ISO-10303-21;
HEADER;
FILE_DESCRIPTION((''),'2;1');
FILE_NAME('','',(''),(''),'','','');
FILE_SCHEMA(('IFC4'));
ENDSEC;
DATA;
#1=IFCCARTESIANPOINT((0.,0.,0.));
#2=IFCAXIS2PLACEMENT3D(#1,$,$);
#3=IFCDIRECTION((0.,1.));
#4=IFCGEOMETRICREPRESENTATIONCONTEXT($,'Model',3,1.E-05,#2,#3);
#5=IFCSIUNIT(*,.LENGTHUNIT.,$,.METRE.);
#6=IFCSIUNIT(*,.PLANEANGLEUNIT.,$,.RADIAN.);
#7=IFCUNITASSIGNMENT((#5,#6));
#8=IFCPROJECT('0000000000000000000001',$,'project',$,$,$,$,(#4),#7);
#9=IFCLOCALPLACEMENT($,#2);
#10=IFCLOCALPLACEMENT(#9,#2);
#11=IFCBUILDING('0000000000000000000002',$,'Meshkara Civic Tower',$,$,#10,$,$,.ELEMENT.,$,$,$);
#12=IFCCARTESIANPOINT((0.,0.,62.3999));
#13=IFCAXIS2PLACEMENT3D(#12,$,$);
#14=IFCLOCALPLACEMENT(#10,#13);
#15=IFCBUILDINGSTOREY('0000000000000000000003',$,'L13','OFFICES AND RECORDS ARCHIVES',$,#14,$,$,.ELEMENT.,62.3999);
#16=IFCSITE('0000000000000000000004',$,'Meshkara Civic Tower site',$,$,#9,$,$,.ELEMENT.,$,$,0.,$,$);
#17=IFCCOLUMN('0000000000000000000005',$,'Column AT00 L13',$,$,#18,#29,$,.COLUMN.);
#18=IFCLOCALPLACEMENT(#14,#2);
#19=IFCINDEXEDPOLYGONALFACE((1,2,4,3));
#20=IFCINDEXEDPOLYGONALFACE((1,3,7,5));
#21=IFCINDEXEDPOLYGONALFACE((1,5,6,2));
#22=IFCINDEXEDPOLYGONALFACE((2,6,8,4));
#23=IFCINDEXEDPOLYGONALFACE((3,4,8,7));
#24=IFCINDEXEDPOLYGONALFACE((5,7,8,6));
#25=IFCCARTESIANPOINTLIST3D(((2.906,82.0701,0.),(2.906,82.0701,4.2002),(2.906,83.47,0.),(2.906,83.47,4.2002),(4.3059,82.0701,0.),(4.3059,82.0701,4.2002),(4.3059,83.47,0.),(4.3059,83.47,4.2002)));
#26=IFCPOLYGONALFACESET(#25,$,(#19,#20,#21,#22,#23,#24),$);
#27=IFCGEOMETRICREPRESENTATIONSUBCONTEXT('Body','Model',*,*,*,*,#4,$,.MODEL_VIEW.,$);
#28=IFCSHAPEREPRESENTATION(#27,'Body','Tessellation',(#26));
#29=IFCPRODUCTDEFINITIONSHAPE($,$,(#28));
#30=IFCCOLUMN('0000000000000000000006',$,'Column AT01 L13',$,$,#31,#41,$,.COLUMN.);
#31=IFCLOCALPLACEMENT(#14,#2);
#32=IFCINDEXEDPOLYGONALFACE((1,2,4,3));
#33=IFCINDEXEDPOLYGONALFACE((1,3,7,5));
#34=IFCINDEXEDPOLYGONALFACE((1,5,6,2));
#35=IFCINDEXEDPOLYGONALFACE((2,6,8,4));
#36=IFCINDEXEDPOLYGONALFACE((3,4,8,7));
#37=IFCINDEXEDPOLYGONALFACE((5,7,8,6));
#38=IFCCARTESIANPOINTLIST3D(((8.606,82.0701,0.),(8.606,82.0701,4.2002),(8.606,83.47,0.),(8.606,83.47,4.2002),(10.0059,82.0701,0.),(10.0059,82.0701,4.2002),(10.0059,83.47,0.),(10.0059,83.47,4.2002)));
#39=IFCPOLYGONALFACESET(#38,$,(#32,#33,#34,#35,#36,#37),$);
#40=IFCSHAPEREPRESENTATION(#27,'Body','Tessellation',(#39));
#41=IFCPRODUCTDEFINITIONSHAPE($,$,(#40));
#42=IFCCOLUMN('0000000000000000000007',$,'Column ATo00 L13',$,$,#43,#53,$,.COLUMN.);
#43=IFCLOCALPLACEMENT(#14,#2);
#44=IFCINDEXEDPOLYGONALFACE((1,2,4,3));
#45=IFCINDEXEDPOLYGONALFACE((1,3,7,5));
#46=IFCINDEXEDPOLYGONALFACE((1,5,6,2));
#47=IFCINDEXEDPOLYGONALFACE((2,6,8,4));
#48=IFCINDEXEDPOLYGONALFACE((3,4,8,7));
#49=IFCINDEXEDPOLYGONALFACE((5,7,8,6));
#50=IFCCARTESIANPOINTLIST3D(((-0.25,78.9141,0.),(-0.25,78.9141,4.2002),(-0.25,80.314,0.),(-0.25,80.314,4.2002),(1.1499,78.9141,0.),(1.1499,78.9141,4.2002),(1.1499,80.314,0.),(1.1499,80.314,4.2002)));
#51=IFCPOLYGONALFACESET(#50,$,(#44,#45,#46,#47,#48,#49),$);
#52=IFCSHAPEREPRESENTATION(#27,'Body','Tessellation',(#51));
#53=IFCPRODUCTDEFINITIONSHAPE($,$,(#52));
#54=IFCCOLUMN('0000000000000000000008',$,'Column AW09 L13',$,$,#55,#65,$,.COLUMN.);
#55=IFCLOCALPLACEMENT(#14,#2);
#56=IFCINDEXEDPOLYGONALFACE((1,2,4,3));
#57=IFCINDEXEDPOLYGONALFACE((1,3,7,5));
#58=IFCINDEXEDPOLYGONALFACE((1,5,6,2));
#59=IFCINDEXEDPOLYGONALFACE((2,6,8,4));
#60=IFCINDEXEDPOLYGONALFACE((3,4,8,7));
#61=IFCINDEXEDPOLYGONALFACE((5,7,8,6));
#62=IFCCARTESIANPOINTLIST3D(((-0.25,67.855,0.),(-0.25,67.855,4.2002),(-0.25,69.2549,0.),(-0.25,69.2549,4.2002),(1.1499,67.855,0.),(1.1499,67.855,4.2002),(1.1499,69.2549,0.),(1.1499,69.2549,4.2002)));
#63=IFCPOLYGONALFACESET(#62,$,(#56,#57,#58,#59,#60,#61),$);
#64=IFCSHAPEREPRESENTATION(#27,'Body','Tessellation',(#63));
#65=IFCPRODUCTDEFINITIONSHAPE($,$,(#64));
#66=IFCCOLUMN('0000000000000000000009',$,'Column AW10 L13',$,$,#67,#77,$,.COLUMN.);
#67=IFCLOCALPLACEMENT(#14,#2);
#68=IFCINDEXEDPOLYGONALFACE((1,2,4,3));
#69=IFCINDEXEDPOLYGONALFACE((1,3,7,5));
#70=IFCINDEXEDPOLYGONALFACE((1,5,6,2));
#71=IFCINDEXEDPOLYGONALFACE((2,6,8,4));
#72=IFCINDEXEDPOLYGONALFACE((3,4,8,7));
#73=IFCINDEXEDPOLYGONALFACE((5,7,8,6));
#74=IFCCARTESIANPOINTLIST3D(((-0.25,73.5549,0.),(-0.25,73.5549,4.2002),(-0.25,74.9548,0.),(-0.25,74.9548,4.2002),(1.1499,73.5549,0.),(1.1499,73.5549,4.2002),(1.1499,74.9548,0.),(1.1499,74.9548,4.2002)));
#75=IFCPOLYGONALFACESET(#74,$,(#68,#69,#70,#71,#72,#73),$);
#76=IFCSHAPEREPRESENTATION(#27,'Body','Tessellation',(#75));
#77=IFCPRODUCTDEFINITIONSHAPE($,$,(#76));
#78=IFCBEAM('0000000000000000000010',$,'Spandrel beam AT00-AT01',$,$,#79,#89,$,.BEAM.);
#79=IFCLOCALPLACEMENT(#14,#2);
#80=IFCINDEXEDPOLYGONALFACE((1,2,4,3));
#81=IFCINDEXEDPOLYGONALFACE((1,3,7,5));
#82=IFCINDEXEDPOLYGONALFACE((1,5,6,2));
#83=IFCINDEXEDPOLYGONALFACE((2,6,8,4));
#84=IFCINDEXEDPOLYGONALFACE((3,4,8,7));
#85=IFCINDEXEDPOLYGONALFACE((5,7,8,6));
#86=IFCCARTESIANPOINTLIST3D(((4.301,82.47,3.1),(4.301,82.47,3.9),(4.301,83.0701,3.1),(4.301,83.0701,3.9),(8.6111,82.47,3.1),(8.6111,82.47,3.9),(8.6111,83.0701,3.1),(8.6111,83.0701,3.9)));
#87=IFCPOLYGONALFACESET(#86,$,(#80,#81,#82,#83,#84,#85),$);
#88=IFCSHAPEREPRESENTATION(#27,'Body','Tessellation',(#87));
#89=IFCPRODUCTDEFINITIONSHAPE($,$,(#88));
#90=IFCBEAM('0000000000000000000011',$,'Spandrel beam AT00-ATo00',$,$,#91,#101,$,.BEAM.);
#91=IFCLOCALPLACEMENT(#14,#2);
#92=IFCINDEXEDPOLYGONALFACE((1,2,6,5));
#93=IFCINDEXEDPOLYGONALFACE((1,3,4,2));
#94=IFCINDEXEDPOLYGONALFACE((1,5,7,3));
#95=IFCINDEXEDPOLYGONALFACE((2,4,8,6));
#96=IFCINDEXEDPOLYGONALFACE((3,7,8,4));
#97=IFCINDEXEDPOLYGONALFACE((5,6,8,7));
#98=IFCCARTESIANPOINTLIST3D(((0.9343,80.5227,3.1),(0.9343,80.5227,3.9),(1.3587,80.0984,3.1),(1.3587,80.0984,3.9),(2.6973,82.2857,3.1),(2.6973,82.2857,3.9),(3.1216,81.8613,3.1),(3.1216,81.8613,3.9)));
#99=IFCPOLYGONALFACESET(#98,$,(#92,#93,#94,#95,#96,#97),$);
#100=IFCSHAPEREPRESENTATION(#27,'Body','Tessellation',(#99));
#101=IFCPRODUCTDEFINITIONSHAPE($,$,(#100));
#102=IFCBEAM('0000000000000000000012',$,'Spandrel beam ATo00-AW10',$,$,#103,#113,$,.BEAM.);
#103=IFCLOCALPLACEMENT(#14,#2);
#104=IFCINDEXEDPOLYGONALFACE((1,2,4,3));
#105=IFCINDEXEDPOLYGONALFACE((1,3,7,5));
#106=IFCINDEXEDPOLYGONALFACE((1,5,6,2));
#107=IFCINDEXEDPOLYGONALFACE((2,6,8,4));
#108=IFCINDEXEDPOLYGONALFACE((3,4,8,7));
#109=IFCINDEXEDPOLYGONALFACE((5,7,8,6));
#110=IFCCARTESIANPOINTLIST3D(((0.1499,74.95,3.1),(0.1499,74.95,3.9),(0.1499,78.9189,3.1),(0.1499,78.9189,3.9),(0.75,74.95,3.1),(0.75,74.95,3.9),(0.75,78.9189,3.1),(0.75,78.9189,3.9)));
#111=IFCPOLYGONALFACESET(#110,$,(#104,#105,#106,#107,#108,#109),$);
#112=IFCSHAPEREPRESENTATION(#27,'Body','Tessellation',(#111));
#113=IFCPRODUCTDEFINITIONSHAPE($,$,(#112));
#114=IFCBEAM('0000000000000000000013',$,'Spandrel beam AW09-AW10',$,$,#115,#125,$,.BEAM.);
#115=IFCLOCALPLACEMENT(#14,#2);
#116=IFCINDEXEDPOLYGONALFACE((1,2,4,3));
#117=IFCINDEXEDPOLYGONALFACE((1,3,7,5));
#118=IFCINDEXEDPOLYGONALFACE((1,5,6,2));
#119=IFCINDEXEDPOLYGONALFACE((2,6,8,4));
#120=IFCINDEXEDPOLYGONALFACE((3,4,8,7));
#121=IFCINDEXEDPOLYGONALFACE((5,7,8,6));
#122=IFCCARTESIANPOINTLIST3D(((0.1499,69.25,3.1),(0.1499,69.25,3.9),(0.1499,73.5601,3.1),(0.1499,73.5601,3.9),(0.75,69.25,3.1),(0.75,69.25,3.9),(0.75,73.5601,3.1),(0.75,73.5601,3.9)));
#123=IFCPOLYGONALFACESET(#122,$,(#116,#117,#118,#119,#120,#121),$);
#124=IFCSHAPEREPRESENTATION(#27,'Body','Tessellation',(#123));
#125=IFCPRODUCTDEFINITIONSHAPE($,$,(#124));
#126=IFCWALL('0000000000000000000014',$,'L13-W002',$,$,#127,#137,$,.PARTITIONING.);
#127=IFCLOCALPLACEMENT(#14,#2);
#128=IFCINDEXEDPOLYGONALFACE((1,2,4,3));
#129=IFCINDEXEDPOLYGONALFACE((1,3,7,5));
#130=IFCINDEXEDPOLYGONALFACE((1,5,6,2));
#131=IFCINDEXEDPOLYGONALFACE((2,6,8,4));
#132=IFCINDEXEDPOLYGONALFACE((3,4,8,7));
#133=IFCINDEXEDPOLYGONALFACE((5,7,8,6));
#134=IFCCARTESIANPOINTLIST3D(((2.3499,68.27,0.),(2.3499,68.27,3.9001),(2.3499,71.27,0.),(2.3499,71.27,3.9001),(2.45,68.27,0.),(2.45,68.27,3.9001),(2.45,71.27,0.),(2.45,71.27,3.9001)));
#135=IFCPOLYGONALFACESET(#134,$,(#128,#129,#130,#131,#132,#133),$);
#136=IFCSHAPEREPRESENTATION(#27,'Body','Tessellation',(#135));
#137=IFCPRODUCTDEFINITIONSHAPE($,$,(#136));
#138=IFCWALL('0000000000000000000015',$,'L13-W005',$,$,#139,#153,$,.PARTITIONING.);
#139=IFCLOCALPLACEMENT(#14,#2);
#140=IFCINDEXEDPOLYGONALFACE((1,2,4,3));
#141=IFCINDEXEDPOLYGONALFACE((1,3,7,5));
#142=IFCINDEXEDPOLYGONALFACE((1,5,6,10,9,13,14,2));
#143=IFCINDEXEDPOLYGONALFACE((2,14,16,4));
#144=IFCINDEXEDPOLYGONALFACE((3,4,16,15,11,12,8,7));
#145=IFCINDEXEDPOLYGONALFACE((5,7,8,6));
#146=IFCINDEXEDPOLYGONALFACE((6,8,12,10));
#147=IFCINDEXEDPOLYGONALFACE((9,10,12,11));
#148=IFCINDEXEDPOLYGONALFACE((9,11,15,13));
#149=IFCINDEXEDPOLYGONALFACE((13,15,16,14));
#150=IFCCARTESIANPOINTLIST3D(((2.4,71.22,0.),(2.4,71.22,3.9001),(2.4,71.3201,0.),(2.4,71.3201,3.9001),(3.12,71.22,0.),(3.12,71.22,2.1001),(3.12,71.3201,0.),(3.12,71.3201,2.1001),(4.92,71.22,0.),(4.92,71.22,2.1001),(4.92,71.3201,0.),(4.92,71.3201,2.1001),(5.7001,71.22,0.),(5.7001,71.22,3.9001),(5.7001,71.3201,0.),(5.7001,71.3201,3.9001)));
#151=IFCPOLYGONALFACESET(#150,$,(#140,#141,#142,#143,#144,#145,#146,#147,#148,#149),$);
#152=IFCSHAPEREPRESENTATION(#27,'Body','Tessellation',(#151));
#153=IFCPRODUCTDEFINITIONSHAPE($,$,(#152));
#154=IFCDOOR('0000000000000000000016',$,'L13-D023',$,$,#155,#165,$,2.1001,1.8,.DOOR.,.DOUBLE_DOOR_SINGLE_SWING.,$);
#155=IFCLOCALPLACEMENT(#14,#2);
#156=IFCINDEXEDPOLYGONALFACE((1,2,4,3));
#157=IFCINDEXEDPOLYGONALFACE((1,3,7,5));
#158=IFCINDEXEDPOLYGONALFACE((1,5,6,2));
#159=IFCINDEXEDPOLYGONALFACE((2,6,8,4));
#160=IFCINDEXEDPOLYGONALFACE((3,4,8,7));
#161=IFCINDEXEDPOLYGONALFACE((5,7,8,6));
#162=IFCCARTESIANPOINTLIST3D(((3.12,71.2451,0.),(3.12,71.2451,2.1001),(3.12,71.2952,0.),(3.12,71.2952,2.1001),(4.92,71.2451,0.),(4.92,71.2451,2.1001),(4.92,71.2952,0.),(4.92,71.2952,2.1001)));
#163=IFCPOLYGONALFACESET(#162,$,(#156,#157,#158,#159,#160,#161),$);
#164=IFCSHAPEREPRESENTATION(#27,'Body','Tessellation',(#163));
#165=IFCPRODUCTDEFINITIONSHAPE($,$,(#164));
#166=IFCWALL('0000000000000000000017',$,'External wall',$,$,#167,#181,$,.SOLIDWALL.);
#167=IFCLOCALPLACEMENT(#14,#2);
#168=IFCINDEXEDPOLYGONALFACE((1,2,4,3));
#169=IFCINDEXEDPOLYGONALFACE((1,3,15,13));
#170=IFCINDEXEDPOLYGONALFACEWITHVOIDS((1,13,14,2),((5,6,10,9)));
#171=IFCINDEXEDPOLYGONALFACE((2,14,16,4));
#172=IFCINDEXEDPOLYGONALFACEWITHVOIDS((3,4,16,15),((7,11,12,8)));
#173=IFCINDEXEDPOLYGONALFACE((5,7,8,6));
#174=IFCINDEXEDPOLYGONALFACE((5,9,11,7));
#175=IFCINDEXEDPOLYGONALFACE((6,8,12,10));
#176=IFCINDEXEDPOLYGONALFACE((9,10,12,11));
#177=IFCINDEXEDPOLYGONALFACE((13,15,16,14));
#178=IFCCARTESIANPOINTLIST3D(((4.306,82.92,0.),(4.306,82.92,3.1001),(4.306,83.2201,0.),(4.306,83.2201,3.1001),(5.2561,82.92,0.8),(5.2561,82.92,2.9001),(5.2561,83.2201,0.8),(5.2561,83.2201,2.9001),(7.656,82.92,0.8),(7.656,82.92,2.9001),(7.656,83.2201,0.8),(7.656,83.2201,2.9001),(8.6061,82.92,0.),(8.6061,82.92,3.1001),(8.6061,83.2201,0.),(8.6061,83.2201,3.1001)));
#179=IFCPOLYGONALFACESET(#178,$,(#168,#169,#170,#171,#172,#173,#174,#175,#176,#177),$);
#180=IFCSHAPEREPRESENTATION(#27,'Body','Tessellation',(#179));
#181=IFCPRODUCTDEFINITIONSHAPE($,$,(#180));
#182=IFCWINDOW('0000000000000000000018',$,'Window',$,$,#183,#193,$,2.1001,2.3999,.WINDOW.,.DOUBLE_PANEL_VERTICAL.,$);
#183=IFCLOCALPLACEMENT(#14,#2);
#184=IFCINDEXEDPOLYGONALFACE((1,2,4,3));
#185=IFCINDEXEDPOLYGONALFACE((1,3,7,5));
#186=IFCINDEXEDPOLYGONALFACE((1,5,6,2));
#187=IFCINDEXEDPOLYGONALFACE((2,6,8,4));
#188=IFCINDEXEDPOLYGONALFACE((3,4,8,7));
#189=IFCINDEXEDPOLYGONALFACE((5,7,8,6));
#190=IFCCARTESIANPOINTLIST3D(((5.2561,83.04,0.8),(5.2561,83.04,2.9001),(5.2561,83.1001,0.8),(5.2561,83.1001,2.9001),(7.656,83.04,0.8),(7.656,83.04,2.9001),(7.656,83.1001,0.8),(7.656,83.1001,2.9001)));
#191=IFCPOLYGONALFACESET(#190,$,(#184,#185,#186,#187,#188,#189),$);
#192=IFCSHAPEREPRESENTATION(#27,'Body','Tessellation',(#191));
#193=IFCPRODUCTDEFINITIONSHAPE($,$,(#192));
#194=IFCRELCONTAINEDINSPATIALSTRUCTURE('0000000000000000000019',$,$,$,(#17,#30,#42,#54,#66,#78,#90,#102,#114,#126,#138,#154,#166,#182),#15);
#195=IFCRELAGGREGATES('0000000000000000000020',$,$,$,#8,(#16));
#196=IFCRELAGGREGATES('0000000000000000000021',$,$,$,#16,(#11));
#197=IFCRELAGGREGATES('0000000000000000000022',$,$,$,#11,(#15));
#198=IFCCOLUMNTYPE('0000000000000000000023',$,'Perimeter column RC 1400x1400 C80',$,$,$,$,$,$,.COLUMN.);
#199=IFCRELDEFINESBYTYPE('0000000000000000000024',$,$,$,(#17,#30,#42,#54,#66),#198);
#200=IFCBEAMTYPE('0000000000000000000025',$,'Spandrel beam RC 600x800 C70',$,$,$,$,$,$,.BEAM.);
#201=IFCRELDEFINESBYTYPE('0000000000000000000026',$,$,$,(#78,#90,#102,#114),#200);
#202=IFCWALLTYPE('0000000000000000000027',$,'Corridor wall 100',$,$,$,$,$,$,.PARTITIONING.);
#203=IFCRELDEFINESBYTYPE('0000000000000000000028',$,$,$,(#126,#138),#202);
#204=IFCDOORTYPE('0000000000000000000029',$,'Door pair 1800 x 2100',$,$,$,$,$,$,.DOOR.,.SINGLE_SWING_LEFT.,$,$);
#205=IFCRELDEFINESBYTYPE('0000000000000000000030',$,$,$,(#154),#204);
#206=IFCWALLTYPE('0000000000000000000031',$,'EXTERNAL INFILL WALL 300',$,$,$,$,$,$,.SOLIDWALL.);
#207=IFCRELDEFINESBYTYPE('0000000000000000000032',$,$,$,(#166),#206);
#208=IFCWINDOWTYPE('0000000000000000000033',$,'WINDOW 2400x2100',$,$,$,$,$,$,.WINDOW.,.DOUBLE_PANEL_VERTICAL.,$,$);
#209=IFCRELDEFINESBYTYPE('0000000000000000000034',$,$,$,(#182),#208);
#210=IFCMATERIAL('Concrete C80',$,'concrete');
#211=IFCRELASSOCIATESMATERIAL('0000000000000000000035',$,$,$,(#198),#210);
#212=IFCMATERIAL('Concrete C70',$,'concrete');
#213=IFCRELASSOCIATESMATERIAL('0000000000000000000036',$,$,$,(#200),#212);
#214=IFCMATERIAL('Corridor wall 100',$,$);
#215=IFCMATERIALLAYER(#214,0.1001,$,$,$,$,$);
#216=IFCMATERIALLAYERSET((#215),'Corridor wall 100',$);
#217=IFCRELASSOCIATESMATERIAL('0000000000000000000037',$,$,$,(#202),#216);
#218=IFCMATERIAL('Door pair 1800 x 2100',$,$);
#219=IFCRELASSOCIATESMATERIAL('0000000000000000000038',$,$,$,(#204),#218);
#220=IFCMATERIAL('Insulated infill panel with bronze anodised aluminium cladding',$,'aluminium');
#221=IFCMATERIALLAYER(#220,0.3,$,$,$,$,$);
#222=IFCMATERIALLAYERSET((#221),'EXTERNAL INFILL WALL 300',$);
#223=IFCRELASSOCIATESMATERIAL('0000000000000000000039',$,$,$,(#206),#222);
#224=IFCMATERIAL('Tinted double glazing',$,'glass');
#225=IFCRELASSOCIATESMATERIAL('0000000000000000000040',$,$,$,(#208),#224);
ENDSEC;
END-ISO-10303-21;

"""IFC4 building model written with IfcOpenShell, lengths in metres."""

from ifc_helpers import new_model, si_unit, direction, frame, frame_2d, origin, origin_2d, place, context, subcontext, project, spatial, rectangle, extrude, material, layer, layer_set, material_profile, profile_set, type_object, element, fill, save


model = new_model("IFC4")

# Units and contexts
model_context = context("Model", 3, precision=1e-05, world=origin(), true_north=direction((0.0, 1.0)))
body_context = subcontext(model_context, "Body", "Model", "MODEL_VIEW")
ifc_project = project(units=[si_unit("LENGTHUNIT", "METRE"), si_unit("PLANEANGLEUNIT", "RADIAN")], contexts=[model_context])

# Site, building, storey
site_placement = place(None, origin())
site = spatial("IfcSite", under=ifc_project, at=site_placement, Name="Meshkara Civic Tower site", CompositionType="ELEMENT", RefElevation=0.0)
building_placement = place(site_placement, origin())
building = spatial("IfcBuilding", under=site, at=building_placement, Name="Meshkara Civic Tower", CompositionType="ELEMENT")
storey_placement = place(building_placement, frame((0.0, 0.0, 62.3999)))
storey = spatial("IfcBuildingStorey", under=building, at=storey_placement, Name="L13", Description="OFFICES AND RECORDS ARCHIVES", CompositionType="ELEMENT", Elevation=62.3999)

# Columns
ifc_material_1 = material(Name="Concrete C80", Category="concrete")
ifc_material_profile_1 = material_profile(ifc_material_1, rectangle(XDim=1.3999, YDim=1.3999, at=origin_2d()))
ifc_profile_set_1 = profile_set([ifc_material_profile_1], Name="Concrete C80")
column_type = type_object("IfcColumnType", Name="Perimeter column RC 1400x1400 C80", PredefinedType="COLUMN", material=ifc_profile_set_1)
for number, where, z_axis, x_axis, name in (
    (1, (3.606, 82.77, 0.0), (0.0, 0.0, 1.0), (1.0, 0.0, 0.0), "Column AT00 L13"),
    (2, (9.3059, 82.77, 0.0), (0.0, 0.0, 1.0), (1.0, 0.0, 0.0), "Column AT01 L13"),
    (3, (0.45, 79.614, 0.0), (0.0, 0.0, 1.0), (1.0, 0.0, 0.0), "Column ATo00 L13"),
    (4, (0.45, 68.5549, 0.0), (0.0, 0.0, 1.0), (1.0, 0.0, 0.0), "Column AW09 L13"),
    (5, (0.45, 74.2549, 0.0), (0.0, 0.0, 1.0), (1.0, 0.0, 0.0), "Column AW10 L13"),
):
    element("IfcColumn", number, at=place(storey_placement, frame(where, z_axis=z_axis, x_axis=x_axis)), inside=storey, type_object=column_type, Name=name, PredefinedType="COLUMN", context=body_context, shape_type="SweptSolid", body=[
        extrude(rectangle(XDim=1.3999, YDim=1.3999, at=origin_2d()), origin(), (0.0, 0.0, 1.0), 4.2002),
    ])

# Beams
ifc_material_2 = material(Name="Concrete C70", Category="concrete")
ifc_material_profile_2 = material_profile(ifc_material_2, rectangle(XDim=0.6001, YDim=0.8, at=origin_2d()))
ifc_profile_set_2 = profile_set([ifc_material_profile_2], Name="Concrete C70")
beam_type = type_object("IfcBeamType", Name="Spandrel beam RC 600x800 C70", PredefinedType="BEAM", material=ifc_profile_set_2)
beam_1_placement = place(storey_placement, frame((8.6111, 82.77, 3.5), z_axis=(-1.0, 0.0, 0.0), x_axis=(0.0, -1.0, 0.0)))
element("IfcBeam", 6, at=beam_1_placement, inside=storey, type_object=beam_type, Name="Spandrel beam AT00-AT01", PredefinedType="BEAM", context=body_context, shape_type="SweptSolid", body=[
    extrude(rectangle(XDim=0.6001, YDim=0.8, at=origin_2d()), origin(), (0.0, 0.0, 1.0), 4.3101),
])
beam_2_placement = place(storey_placement, frame((2.9094, 82.0735, 3.5), z_axis=(-0.707107, -0.707107, 0.0), x_axis=(0.707107, -0.707107, 0.0)))
element("IfcBeam", 7, at=beam_2_placement, inside=storey, type_object=beam_type, Name="Spandrel beam AT00-ATo00", PredefinedType="BEAM", context=body_context, shape_type="SweptSolid", body=[
    extrude(rectangle(XDim=0.6001, YDim=0.8, at=origin_2d()), origin(), (0.0, 0.0, 1.0), 2.4932),
])
beam_3_placement = place(storey_placement, frame((0.45, 78.9189, 3.5), z_axis=(0.0, -1.0, 0.0), x_axis=(1.0, 0.0, 0.0)))
element("IfcBeam", 8, at=beam_3_placement, inside=storey, type_object=beam_type, Name="Spandrel beam ATo00-AW10", PredefinedType="BEAM", context=body_context, shape_type="SweptSolid", body=[
    extrude(rectangle(XDim=0.6001, YDim=0.8, at=origin_2d()), origin(), (0.0, 0.0, 1.0), 3.969),
])
beam_4_placement = place(storey_placement, frame((0.45, 73.5601, 3.5), z_axis=(0.0, -1.0, 0.0), x_axis=(1.0, 0.0, 0.0)))
element("IfcBeam", 9, at=beam_4_placement, inside=storey, type_object=beam_type, Name="Spandrel beam AW09-AW10", PredefinedType="BEAM", context=body_context, shape_type="SweptSolid", body=[
    extrude(rectangle(XDim=0.6001, YDim=0.8, at=origin_2d()), origin(), (0.0, 0.0, 1.0), 4.3101),
])

# Wall
ifc_material_3 = material(Name="Corridor wall 100")
ifc_layer_1 = layer(ifc_material_3, 0.1001)
ifc_layer_set_1 = layer_set([ifc_layer_1], Name="Corridor wall 100")
wall_type_1 = type_object("IfcWallType", Name="Corridor wall 100", PredefinedType="PARTITIONING", material=ifc_layer_set_1)
wall_1_placement = place(storey_placement, frame((2.3999, 71.27, 0.0), z_axis=(0.0, 0.0, 1.0), x_axis=(0.0, -1.0, 0.0)))
element("IfcWall", 10, at=wall_1_placement, inside=storey, type_object=wall_type_1, Name="L13-W002", PredefinedType="PARTITIONING", context=body_context, shape_type="SweptSolid", body=[
    extrude(rectangle(XDim=3.0, YDim=0.1001, at=frame_2d((1.5, 0.0))), origin(), (0.0, 0.0, 1.0), 3.9001),
])

# Wall, opening, door
wall_2_placement = place(storey_placement, frame((5.7, 71.27, 0.0), z_axis=(0.0, 0.0, 1.0), x_axis=(-1.0, 0.0, 0.0)))
wall_2 = element("IfcWall", 11, at=wall_2_placement, inside=storey, type_object=wall_type_1, Name="L13-W005", PredefinedType="PARTITIONING", context=body_context, shape_type="SweptSolid", body=[
    extrude(rectangle(XDim=3.3, YDim=0.1001, at=frame_2d((1.6499, 0.0))), origin(), (0.0, 0.0, 1.0), 3.9001),
])
opening_1_placement = place(wall_2_placement, frame((0.78, 0.0, 0.0)))
opening_1 = element("IfcOpeningElement", 12, at=opening_1_placement, cuts=wall_2, PredefinedType="OPENING", context=body_context, shape_type="SweptSolid", body=[
    extrude(rectangle(XDim=1.8, YDim=2.1001, at=frame_2d((0.8999, 1.05))), frame((0.0, 0.0601, 0.0), z_axis=(0.0, -1.0, 0.0), x_axis=(1.0, 0.0, 0.0)), (0.0, 0.0, 1.0), 0.1201),
])
ifc_material_4 = material(Name="Door pair 1800 x 2100")
door_type_1 = type_object("IfcDoorType", Name="Door pair 1800 x 2100", OperationType="SINGLE_SWING_LEFT", PredefinedType="DOOR", material=ifc_material_4)
door_1_placement = place(opening_1_placement, origin())
door_1 = element("IfcDoor", 13, at=door_1_placement, inside=storey, type_object=door_type_1, Name="L13-D023", OperationType="DOUBLE_DOOR_SINGLE_SWING", OverallHeight=2.1001, OverallWidth=1.8, PredefinedType="DOOR", context=body_context, shape_type="SweptSolid", body=[
    extrude(rectangle(XDim=1.8, YDim=2.1001, at=frame_2d((0.8999, 1.05))), frame((0.0, 0.0249, 0.0), z_axis=(0.0, -1.0, 0.0), x_axis=(1.0, 0.0, 0.0)), (0.0, 0.0, 1.0), 0.05),
])
fill(opening_1, door_1)

# Wall, opening, window
ifc_material_5 = material(Name="Insulated infill panel with bronze anodised aluminium cladding", Category="aluminium")
ifc_layer_2 = layer(ifc_material_5, 0.3)
ifc_layer_set_2 = layer_set([ifc_layer_2], Name="EXTERNAL INFILL WALL 300")
wall_type_2 = type_object("IfcWallType", Name="EXTERNAL INFILL WALL 300", PredefinedType="SOLIDWALL", material=ifc_layer_set_2)
wall_3_placement = place(storey_placement, frame((8.606, 83.0701, 0.0), z_axis=(0.0, 0.0, 1.0), x_axis=(-1.0, 0.0, 0.0)))
wall_3 = element("IfcWall", 14, at=wall_3_placement, inside=storey, type_object=wall_type_2, Name="External wall", PredefinedType="SOLIDWALL", context=body_context, shape_type="SweptSolid", body=[
    extrude(rectangle(XDim=4.3, YDim=0.3, at=frame_2d((2.1499, 0.0))), origin(), (0.0, 0.0, 1.0), 3.1001),
])
opening_2_placement = place(wall_3_placement, frame((0.95, 0.0, 0.8)))
opening_2 = element("IfcOpeningElement", 15, at=opening_2_placement, cuts=wall_3, PredefinedType="OPENING", context=body_context, shape_type="SweptSolid", body=[
    extrude(rectangle(XDim=2.3999, YDim=2.1001, at=frame_2d((1.2, 1.05))), frame((0.0, 0.1599, 0.0), z_axis=(0.0, -1.0, 0.0), x_axis=(1.0, 0.0, 0.0)), (0.0, 0.0, 1.0), 0.3201),
])
ifc_material_6 = material(Name="Tinted double glazing", Category="glass")
window_type_1 = type_object("IfcWindowType", Name="WINDOW 2400x2100", PartitioningType="DOUBLE_PANEL_VERTICAL", PredefinedType="WINDOW", material=ifc_material_6)
window_1_placement = place(opening_2_placement, origin())
window_1 = element("IfcWindow", 16, at=window_1_placement, inside=storey, type_object=window_type_1, Name="Window", OverallHeight=2.1001, OverallWidth=2.3999, PartitioningType="DOUBLE_PANEL_VERTICAL", PredefinedType="WINDOW", context=body_context, shape_type="SweptSolid", body=[
    extrude(rectangle(XDim=2.3999, YDim=2.1001, at=frame_2d((1.2, 1.05))), frame((0.0, 0.03, 0.0), z_axis=(0.0, -1.0, 0.0), x_axis=(1.0, 0.0, 0.0)), (0.0, 0.0, 1.0), 0.0601),
])
fill(opening_2, window_1)

save(model, "model.ifc")
